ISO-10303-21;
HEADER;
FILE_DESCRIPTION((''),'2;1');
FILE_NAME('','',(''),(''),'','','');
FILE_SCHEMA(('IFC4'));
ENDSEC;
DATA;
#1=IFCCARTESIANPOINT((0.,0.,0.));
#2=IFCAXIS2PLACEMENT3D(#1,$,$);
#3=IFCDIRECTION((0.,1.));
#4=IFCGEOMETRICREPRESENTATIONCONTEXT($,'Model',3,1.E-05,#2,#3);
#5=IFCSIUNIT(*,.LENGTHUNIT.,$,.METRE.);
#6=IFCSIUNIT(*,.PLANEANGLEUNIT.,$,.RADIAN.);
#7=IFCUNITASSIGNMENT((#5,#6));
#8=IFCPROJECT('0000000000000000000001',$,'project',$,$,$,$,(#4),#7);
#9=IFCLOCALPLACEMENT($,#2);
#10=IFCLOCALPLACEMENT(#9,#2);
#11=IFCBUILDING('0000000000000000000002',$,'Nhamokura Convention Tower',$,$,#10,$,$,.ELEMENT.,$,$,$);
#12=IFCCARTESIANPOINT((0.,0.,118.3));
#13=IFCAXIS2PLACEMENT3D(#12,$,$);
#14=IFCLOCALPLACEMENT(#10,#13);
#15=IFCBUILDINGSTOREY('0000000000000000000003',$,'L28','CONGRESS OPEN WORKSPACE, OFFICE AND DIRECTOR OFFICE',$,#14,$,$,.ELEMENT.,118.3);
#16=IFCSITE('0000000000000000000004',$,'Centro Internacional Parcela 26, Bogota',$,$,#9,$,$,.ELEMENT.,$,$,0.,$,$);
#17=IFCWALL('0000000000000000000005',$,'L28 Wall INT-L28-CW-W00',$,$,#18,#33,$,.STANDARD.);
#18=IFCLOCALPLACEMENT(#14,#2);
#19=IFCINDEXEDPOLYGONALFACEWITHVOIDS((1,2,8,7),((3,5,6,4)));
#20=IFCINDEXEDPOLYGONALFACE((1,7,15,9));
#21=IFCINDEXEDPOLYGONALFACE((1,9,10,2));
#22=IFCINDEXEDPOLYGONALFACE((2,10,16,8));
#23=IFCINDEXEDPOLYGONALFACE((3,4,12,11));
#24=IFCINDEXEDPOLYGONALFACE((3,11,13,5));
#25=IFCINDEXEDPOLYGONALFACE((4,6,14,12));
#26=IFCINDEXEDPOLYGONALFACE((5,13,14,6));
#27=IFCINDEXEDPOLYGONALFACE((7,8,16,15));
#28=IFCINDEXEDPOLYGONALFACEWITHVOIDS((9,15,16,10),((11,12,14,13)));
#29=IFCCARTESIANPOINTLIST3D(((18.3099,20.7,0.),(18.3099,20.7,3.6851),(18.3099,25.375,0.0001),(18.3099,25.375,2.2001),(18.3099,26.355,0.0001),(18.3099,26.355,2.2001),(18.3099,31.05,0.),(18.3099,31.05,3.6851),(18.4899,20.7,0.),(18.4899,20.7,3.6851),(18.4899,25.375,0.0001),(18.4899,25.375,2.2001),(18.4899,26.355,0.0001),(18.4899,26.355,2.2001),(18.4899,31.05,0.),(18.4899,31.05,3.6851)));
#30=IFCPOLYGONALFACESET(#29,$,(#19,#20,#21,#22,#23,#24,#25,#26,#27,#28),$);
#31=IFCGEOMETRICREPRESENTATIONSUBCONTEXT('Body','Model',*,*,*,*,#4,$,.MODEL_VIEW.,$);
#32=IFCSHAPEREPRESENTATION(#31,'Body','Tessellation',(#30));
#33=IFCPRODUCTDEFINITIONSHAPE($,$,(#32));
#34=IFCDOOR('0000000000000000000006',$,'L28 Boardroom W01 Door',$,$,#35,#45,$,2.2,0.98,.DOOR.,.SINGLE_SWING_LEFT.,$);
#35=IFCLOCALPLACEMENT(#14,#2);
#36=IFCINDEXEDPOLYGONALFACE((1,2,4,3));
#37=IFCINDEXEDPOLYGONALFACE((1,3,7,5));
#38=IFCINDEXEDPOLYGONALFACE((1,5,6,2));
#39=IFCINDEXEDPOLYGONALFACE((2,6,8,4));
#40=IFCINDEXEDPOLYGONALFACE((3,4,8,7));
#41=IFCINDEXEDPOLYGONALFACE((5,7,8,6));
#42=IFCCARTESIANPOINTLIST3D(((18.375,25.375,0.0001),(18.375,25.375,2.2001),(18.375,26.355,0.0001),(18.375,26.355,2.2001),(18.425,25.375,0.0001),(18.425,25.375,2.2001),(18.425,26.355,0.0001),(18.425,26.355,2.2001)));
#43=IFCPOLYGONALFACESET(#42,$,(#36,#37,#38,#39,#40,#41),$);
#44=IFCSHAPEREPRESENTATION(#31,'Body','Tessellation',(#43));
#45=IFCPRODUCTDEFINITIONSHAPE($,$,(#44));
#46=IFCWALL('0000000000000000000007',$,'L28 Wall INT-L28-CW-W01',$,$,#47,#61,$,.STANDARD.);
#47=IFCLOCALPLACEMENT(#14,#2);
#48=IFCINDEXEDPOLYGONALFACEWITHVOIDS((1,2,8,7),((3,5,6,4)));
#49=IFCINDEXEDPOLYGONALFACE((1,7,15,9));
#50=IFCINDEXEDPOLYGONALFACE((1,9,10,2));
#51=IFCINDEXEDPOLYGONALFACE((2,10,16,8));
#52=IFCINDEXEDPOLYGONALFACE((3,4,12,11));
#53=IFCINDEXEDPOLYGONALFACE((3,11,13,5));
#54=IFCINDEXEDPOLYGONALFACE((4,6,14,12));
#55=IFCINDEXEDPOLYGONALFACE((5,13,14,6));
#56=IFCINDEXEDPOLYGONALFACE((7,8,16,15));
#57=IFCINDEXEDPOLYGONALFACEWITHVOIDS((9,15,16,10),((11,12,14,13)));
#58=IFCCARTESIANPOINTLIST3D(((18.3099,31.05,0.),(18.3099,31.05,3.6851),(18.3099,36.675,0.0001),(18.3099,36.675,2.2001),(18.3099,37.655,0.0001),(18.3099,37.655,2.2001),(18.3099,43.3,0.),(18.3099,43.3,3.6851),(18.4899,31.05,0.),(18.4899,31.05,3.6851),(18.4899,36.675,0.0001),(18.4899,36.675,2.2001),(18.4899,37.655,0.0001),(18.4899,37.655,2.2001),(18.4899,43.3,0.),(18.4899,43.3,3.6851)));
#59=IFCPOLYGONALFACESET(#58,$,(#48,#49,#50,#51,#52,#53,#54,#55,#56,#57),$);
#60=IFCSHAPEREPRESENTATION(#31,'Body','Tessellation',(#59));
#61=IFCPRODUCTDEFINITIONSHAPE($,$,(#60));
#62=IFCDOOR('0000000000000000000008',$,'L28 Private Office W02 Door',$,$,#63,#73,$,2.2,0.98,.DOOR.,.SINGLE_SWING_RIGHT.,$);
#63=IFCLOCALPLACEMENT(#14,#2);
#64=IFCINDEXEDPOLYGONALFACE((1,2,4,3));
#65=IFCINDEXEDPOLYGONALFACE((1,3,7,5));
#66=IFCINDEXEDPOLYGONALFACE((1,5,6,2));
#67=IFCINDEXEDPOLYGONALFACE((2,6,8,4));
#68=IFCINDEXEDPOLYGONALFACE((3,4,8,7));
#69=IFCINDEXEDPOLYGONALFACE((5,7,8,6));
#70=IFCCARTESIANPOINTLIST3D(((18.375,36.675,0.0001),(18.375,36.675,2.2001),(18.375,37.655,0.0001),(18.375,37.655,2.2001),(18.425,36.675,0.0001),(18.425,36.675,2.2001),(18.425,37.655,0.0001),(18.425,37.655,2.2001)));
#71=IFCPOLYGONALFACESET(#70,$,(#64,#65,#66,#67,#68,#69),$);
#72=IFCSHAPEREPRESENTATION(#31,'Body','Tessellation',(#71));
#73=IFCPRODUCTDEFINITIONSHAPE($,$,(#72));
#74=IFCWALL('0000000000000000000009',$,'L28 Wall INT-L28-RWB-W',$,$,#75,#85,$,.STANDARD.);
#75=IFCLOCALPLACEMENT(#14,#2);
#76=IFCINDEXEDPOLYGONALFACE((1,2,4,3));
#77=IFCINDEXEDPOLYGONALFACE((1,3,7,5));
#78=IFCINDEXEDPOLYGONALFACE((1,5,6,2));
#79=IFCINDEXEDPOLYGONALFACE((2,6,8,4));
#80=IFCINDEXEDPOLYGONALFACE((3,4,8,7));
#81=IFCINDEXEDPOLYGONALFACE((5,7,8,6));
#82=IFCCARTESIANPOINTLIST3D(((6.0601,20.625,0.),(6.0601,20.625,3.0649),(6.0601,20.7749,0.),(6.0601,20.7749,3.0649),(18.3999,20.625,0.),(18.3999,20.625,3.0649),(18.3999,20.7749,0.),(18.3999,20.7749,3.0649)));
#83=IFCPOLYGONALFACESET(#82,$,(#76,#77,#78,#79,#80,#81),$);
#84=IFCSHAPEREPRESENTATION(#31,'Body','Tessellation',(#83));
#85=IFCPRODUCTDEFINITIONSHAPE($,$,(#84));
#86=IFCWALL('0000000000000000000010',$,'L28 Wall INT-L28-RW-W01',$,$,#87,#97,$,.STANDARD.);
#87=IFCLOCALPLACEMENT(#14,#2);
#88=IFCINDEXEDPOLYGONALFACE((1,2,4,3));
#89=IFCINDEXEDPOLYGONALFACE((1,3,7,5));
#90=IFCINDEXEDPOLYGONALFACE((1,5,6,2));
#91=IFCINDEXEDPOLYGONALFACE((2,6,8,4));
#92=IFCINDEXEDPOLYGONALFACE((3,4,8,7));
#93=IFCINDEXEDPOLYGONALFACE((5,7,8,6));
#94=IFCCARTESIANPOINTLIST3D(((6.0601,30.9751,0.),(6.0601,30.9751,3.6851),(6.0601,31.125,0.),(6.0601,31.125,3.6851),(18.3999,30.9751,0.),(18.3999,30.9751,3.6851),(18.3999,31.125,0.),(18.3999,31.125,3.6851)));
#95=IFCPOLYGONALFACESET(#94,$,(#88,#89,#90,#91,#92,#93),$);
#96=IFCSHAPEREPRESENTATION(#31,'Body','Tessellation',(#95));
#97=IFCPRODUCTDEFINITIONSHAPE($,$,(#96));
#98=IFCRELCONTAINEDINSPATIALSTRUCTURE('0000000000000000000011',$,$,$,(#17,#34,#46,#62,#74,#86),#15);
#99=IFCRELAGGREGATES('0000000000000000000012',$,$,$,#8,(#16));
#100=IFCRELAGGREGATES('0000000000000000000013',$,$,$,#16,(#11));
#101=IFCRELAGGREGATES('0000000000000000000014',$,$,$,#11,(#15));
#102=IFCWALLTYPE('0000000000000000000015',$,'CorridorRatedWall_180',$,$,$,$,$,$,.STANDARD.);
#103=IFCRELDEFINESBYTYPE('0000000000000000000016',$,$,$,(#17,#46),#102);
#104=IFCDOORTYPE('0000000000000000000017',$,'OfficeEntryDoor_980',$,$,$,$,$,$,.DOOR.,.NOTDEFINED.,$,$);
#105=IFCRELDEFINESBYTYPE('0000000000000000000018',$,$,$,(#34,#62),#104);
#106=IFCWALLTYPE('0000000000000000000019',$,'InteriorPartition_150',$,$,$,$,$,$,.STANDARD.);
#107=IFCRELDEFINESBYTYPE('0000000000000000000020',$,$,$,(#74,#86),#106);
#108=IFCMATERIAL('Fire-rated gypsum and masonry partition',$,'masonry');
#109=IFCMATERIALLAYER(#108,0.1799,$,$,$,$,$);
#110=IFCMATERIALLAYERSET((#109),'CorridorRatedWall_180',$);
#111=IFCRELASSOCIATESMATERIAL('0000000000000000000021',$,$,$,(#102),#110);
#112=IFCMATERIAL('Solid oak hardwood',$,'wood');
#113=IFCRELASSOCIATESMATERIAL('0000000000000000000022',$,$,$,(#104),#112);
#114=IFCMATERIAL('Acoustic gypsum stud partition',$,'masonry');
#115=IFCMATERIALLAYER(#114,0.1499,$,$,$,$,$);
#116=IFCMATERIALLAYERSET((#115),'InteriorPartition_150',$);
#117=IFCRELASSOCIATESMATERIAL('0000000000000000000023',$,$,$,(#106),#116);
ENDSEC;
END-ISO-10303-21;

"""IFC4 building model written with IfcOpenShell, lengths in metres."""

from ifc_helpers import new_model, si_unit, direction, frame, frame_2d, origin, place, context, subcontext, project, spatial, rectangle, extrude, material, layer, layer_set, type_object, element, fill, save


model = new_model("IFC4")

# Units and contexts
model_context = context("Model", 3, precision=1e-05, world=origin(), true_north=direction((0.0, 1.0)))
body_context = subcontext(model_context, "Body", "Model", "MODEL_VIEW")
ifc_project = project(units=[si_unit("LENGTHUNIT", "METRE"), si_unit("PLANEANGLEUNIT", "RADIAN")], contexts=[model_context])

# Site, building, storey
site_placement = place(None, origin())
site = spatial("IfcSite", under=ifc_project, at=site_placement, Name="Centro Internacional Parcela 26, Bogota", CompositionType="ELEMENT", RefElevation=0.0)
building_placement = place(site_placement, origin())
building = spatial("IfcBuilding", under=site, at=building_placement, Name="Nhamokura Convention Tower", CompositionType="ELEMENT")
storey_placement = place(building_placement, frame((0.0, 0.0, 118.3)))
storey = spatial("IfcBuildingStorey", under=building, at=storey_placement, Name="L28", Description="CONGRESS OPEN WORKSPACE, OFFICE AND DIRECTOR OFFICE", CompositionType="ELEMENT", Elevation=118.3)

# Walls, openings, doors
ifc_material_1 = material(Name="Fire-rated gypsum and masonry partition", Category="masonry")
ifc_layer_1 = layer(ifc_material_1, 0.1799)
ifc_layer_set_1 = layer_set([ifc_layer_1], Name="CorridorRatedWall_180")
wall_type_1 = type_object("IfcWallType", Name="CorridorRatedWall_180", PredefinedType="STANDARD", material=ifc_layer_set_1)
wall_1_placement = place(storey_placement, frame((18.3999, 20.7, 0.0), z_axis=(0.0, 0.0, 1.0), x_axis=(0.0, 1.0, 0.0)))
wall_1 = element("IfcWall", 1, at=wall_1_placement, inside=storey, type_object=wall_type_1, Name="L28 Wall INT-L28-CW-W00", PredefinedType="STANDARD", context=body_context, shape_type="SweptSolid", body=[
    extrude(rectangle(XDim=10.3501, YDim=0.1799, at=frame_2d((5.175, 0.0))), origin(), (0.0, 0.0, 1.0), 3.6851),
])
opening_1_placement = place(wall_1_placement, frame((4.675, 0.0, 0.0)))
opening_1 = element("IfcOpeningElement", 2, at=opening_1_placement, cuts=wall_1, PredefinedType="OPENING", context=body_context, shape_type="SweptSolid", body=[
    extrude(rectangle(XDim=0.98, YDim=2.2, at=frame_2d((0.49, 1.1001))), frame((0.0, 0.0999, 0.0), z_axis=(0.0, -1.0, 0.0), x_axis=(1.0, 0.0, 0.0)), (0.0, 0.0, 1.0), 0.2),
])
ifc_material_2 = material(Name="Solid oak hardwood", Category="wood")
door_type_1 = type_object("IfcDoorType", Name="OfficeEntryDoor_980", OperationType="NOTDEFINED", PredefinedType="DOOR", material=ifc_material_2)
door_1_placement = place(opening_1_placement, origin())
door_1 = element("IfcDoor", 3, at=door_1_placement, inside=storey, type_object=door_type_1, Name="L28 Boardroom W01 Door", OperationType="SINGLE_SWING_LEFT", OverallHeight=2.2, OverallWidth=0.98, PredefinedType="DOOR", context=body_context, shape_type="SweptSolid", body=[
    extrude(rectangle(XDim=0.98, YDim=2.2, at=frame_2d((0.49, 1.1001))), frame((0.0, 0.0249, 0.0), z_axis=(0.0, -1.0, 0.0), x_axis=(1.0, 0.0, 0.0)), (0.0, 0.0, 1.0), 0.05),
])
fill(opening_1, door_1)
wall_2_placement = place(storey_placement, frame((18.3999, 31.05, 0.0), z_axis=(0.0, 0.0, 1.0), x_axis=(0.0, 1.0, 0.0)))
wall_2 = element("IfcWall", 4, at=wall_2_placement, inside=storey, type_object=wall_type_1, Name="L28 Wall INT-L28-CW-W01", PredefinedType="STANDARD", context=body_context, shape_type="SweptSolid", body=[
    extrude(rectangle(XDim=12.25, YDim=0.1799, at=frame_2d((6.125, 0.0))), origin(), (0.0, 0.0, 1.0), 3.6851),
])
opening_2_placement = place(wall_2_placement, frame((5.625, 0.0, 0.0)))
opening_2 = element("IfcOpeningElement", 5, at=opening_2_placement, cuts=wall_2, PredefinedType="OPENING", context=body_context, shape_type="SweptSolid", body=[
    extrude(rectangle(XDim=0.98, YDim=2.2, at=frame_2d((0.49, 1.1001))), frame((0.0, 0.0999, 0.0), z_axis=(0.0, -1.0, 0.0), x_axis=(1.0, 0.0, 0.0)), (0.0, 0.0, 1.0), 0.2),
])
door_2_placement = place(opening_2_placement, origin())
door_2 = element("IfcDoor", 6, at=door_2_placement, inside=storey, type_object=door_type_1, Name="L28 Private Office W02 Door", OperationType="SINGLE_SWING_RIGHT", OverallHeight=2.2, OverallWidth=0.98, PredefinedType="DOOR", context=body_context, shape_type="SweptSolid", body=[
    extrude(rectangle(XDim=0.98, YDim=2.2, at=frame_2d((0.49, 1.1001))), frame((0.0, 0.0249, 0.0), z_axis=(0.0, -1.0, 0.0), x_axis=(1.0, 0.0, 0.0)), (0.0, 0.0, 1.0), 0.05),
])
fill(opening_2, door_2)

# Walls
ifc_material_3 = material(Name="Acoustic gypsum stud partition", Category="masonry")
ifc_layer_2 = layer(ifc_material_3, 0.1499)
ifc_layer_set_2 = layer_set([ifc_layer_2], Name="InteriorPartition_150")
wall_type_2 = type_object("IfcWallType", Name="InteriorPartition_150", PredefinedType="STANDARD", material=ifc_layer_set_2)
wall_3_placement = place(storey_placement, frame((6.0601, 20.7, 0.0), z_axis=(0.0, 0.0, 1.0), x_axis=(1.0, 0.0, 0.0)))
element("IfcWall", 7, at=wall_3_placement, inside=storey, type_object=wall_type_2, Name="L28 Wall INT-L28-RWB-W", PredefinedType="STANDARD", context=body_context, shape_type="SweptSolid", body=[
    extrude(rectangle(XDim=12.3398, YDim=0.1499, at=frame_2d((6.1699, 0.0))), origin(), (0.0, 0.0, 1.0), 3.0649),
])
wall_4_placement = place(storey_placement, frame((6.0601, 31.05, 0.0), z_axis=(0.0, 0.0, 1.0), x_axis=(1.0, 0.0, 0.0)))
element("IfcWall", 8, at=wall_4_placement, inside=storey, type_object=wall_type_2, Name="L28 Wall INT-L28-RW-W01", PredefinedType="STANDARD", context=body_context, shape_type="SweptSolid", body=[
    extrude(rectangle(XDim=12.3398, YDim=0.1499, at=frame_2d((6.1699, 0.0))), origin(), (0.0, 0.0, 1.0), 3.6851),
])

save(model, "model.ifc")
